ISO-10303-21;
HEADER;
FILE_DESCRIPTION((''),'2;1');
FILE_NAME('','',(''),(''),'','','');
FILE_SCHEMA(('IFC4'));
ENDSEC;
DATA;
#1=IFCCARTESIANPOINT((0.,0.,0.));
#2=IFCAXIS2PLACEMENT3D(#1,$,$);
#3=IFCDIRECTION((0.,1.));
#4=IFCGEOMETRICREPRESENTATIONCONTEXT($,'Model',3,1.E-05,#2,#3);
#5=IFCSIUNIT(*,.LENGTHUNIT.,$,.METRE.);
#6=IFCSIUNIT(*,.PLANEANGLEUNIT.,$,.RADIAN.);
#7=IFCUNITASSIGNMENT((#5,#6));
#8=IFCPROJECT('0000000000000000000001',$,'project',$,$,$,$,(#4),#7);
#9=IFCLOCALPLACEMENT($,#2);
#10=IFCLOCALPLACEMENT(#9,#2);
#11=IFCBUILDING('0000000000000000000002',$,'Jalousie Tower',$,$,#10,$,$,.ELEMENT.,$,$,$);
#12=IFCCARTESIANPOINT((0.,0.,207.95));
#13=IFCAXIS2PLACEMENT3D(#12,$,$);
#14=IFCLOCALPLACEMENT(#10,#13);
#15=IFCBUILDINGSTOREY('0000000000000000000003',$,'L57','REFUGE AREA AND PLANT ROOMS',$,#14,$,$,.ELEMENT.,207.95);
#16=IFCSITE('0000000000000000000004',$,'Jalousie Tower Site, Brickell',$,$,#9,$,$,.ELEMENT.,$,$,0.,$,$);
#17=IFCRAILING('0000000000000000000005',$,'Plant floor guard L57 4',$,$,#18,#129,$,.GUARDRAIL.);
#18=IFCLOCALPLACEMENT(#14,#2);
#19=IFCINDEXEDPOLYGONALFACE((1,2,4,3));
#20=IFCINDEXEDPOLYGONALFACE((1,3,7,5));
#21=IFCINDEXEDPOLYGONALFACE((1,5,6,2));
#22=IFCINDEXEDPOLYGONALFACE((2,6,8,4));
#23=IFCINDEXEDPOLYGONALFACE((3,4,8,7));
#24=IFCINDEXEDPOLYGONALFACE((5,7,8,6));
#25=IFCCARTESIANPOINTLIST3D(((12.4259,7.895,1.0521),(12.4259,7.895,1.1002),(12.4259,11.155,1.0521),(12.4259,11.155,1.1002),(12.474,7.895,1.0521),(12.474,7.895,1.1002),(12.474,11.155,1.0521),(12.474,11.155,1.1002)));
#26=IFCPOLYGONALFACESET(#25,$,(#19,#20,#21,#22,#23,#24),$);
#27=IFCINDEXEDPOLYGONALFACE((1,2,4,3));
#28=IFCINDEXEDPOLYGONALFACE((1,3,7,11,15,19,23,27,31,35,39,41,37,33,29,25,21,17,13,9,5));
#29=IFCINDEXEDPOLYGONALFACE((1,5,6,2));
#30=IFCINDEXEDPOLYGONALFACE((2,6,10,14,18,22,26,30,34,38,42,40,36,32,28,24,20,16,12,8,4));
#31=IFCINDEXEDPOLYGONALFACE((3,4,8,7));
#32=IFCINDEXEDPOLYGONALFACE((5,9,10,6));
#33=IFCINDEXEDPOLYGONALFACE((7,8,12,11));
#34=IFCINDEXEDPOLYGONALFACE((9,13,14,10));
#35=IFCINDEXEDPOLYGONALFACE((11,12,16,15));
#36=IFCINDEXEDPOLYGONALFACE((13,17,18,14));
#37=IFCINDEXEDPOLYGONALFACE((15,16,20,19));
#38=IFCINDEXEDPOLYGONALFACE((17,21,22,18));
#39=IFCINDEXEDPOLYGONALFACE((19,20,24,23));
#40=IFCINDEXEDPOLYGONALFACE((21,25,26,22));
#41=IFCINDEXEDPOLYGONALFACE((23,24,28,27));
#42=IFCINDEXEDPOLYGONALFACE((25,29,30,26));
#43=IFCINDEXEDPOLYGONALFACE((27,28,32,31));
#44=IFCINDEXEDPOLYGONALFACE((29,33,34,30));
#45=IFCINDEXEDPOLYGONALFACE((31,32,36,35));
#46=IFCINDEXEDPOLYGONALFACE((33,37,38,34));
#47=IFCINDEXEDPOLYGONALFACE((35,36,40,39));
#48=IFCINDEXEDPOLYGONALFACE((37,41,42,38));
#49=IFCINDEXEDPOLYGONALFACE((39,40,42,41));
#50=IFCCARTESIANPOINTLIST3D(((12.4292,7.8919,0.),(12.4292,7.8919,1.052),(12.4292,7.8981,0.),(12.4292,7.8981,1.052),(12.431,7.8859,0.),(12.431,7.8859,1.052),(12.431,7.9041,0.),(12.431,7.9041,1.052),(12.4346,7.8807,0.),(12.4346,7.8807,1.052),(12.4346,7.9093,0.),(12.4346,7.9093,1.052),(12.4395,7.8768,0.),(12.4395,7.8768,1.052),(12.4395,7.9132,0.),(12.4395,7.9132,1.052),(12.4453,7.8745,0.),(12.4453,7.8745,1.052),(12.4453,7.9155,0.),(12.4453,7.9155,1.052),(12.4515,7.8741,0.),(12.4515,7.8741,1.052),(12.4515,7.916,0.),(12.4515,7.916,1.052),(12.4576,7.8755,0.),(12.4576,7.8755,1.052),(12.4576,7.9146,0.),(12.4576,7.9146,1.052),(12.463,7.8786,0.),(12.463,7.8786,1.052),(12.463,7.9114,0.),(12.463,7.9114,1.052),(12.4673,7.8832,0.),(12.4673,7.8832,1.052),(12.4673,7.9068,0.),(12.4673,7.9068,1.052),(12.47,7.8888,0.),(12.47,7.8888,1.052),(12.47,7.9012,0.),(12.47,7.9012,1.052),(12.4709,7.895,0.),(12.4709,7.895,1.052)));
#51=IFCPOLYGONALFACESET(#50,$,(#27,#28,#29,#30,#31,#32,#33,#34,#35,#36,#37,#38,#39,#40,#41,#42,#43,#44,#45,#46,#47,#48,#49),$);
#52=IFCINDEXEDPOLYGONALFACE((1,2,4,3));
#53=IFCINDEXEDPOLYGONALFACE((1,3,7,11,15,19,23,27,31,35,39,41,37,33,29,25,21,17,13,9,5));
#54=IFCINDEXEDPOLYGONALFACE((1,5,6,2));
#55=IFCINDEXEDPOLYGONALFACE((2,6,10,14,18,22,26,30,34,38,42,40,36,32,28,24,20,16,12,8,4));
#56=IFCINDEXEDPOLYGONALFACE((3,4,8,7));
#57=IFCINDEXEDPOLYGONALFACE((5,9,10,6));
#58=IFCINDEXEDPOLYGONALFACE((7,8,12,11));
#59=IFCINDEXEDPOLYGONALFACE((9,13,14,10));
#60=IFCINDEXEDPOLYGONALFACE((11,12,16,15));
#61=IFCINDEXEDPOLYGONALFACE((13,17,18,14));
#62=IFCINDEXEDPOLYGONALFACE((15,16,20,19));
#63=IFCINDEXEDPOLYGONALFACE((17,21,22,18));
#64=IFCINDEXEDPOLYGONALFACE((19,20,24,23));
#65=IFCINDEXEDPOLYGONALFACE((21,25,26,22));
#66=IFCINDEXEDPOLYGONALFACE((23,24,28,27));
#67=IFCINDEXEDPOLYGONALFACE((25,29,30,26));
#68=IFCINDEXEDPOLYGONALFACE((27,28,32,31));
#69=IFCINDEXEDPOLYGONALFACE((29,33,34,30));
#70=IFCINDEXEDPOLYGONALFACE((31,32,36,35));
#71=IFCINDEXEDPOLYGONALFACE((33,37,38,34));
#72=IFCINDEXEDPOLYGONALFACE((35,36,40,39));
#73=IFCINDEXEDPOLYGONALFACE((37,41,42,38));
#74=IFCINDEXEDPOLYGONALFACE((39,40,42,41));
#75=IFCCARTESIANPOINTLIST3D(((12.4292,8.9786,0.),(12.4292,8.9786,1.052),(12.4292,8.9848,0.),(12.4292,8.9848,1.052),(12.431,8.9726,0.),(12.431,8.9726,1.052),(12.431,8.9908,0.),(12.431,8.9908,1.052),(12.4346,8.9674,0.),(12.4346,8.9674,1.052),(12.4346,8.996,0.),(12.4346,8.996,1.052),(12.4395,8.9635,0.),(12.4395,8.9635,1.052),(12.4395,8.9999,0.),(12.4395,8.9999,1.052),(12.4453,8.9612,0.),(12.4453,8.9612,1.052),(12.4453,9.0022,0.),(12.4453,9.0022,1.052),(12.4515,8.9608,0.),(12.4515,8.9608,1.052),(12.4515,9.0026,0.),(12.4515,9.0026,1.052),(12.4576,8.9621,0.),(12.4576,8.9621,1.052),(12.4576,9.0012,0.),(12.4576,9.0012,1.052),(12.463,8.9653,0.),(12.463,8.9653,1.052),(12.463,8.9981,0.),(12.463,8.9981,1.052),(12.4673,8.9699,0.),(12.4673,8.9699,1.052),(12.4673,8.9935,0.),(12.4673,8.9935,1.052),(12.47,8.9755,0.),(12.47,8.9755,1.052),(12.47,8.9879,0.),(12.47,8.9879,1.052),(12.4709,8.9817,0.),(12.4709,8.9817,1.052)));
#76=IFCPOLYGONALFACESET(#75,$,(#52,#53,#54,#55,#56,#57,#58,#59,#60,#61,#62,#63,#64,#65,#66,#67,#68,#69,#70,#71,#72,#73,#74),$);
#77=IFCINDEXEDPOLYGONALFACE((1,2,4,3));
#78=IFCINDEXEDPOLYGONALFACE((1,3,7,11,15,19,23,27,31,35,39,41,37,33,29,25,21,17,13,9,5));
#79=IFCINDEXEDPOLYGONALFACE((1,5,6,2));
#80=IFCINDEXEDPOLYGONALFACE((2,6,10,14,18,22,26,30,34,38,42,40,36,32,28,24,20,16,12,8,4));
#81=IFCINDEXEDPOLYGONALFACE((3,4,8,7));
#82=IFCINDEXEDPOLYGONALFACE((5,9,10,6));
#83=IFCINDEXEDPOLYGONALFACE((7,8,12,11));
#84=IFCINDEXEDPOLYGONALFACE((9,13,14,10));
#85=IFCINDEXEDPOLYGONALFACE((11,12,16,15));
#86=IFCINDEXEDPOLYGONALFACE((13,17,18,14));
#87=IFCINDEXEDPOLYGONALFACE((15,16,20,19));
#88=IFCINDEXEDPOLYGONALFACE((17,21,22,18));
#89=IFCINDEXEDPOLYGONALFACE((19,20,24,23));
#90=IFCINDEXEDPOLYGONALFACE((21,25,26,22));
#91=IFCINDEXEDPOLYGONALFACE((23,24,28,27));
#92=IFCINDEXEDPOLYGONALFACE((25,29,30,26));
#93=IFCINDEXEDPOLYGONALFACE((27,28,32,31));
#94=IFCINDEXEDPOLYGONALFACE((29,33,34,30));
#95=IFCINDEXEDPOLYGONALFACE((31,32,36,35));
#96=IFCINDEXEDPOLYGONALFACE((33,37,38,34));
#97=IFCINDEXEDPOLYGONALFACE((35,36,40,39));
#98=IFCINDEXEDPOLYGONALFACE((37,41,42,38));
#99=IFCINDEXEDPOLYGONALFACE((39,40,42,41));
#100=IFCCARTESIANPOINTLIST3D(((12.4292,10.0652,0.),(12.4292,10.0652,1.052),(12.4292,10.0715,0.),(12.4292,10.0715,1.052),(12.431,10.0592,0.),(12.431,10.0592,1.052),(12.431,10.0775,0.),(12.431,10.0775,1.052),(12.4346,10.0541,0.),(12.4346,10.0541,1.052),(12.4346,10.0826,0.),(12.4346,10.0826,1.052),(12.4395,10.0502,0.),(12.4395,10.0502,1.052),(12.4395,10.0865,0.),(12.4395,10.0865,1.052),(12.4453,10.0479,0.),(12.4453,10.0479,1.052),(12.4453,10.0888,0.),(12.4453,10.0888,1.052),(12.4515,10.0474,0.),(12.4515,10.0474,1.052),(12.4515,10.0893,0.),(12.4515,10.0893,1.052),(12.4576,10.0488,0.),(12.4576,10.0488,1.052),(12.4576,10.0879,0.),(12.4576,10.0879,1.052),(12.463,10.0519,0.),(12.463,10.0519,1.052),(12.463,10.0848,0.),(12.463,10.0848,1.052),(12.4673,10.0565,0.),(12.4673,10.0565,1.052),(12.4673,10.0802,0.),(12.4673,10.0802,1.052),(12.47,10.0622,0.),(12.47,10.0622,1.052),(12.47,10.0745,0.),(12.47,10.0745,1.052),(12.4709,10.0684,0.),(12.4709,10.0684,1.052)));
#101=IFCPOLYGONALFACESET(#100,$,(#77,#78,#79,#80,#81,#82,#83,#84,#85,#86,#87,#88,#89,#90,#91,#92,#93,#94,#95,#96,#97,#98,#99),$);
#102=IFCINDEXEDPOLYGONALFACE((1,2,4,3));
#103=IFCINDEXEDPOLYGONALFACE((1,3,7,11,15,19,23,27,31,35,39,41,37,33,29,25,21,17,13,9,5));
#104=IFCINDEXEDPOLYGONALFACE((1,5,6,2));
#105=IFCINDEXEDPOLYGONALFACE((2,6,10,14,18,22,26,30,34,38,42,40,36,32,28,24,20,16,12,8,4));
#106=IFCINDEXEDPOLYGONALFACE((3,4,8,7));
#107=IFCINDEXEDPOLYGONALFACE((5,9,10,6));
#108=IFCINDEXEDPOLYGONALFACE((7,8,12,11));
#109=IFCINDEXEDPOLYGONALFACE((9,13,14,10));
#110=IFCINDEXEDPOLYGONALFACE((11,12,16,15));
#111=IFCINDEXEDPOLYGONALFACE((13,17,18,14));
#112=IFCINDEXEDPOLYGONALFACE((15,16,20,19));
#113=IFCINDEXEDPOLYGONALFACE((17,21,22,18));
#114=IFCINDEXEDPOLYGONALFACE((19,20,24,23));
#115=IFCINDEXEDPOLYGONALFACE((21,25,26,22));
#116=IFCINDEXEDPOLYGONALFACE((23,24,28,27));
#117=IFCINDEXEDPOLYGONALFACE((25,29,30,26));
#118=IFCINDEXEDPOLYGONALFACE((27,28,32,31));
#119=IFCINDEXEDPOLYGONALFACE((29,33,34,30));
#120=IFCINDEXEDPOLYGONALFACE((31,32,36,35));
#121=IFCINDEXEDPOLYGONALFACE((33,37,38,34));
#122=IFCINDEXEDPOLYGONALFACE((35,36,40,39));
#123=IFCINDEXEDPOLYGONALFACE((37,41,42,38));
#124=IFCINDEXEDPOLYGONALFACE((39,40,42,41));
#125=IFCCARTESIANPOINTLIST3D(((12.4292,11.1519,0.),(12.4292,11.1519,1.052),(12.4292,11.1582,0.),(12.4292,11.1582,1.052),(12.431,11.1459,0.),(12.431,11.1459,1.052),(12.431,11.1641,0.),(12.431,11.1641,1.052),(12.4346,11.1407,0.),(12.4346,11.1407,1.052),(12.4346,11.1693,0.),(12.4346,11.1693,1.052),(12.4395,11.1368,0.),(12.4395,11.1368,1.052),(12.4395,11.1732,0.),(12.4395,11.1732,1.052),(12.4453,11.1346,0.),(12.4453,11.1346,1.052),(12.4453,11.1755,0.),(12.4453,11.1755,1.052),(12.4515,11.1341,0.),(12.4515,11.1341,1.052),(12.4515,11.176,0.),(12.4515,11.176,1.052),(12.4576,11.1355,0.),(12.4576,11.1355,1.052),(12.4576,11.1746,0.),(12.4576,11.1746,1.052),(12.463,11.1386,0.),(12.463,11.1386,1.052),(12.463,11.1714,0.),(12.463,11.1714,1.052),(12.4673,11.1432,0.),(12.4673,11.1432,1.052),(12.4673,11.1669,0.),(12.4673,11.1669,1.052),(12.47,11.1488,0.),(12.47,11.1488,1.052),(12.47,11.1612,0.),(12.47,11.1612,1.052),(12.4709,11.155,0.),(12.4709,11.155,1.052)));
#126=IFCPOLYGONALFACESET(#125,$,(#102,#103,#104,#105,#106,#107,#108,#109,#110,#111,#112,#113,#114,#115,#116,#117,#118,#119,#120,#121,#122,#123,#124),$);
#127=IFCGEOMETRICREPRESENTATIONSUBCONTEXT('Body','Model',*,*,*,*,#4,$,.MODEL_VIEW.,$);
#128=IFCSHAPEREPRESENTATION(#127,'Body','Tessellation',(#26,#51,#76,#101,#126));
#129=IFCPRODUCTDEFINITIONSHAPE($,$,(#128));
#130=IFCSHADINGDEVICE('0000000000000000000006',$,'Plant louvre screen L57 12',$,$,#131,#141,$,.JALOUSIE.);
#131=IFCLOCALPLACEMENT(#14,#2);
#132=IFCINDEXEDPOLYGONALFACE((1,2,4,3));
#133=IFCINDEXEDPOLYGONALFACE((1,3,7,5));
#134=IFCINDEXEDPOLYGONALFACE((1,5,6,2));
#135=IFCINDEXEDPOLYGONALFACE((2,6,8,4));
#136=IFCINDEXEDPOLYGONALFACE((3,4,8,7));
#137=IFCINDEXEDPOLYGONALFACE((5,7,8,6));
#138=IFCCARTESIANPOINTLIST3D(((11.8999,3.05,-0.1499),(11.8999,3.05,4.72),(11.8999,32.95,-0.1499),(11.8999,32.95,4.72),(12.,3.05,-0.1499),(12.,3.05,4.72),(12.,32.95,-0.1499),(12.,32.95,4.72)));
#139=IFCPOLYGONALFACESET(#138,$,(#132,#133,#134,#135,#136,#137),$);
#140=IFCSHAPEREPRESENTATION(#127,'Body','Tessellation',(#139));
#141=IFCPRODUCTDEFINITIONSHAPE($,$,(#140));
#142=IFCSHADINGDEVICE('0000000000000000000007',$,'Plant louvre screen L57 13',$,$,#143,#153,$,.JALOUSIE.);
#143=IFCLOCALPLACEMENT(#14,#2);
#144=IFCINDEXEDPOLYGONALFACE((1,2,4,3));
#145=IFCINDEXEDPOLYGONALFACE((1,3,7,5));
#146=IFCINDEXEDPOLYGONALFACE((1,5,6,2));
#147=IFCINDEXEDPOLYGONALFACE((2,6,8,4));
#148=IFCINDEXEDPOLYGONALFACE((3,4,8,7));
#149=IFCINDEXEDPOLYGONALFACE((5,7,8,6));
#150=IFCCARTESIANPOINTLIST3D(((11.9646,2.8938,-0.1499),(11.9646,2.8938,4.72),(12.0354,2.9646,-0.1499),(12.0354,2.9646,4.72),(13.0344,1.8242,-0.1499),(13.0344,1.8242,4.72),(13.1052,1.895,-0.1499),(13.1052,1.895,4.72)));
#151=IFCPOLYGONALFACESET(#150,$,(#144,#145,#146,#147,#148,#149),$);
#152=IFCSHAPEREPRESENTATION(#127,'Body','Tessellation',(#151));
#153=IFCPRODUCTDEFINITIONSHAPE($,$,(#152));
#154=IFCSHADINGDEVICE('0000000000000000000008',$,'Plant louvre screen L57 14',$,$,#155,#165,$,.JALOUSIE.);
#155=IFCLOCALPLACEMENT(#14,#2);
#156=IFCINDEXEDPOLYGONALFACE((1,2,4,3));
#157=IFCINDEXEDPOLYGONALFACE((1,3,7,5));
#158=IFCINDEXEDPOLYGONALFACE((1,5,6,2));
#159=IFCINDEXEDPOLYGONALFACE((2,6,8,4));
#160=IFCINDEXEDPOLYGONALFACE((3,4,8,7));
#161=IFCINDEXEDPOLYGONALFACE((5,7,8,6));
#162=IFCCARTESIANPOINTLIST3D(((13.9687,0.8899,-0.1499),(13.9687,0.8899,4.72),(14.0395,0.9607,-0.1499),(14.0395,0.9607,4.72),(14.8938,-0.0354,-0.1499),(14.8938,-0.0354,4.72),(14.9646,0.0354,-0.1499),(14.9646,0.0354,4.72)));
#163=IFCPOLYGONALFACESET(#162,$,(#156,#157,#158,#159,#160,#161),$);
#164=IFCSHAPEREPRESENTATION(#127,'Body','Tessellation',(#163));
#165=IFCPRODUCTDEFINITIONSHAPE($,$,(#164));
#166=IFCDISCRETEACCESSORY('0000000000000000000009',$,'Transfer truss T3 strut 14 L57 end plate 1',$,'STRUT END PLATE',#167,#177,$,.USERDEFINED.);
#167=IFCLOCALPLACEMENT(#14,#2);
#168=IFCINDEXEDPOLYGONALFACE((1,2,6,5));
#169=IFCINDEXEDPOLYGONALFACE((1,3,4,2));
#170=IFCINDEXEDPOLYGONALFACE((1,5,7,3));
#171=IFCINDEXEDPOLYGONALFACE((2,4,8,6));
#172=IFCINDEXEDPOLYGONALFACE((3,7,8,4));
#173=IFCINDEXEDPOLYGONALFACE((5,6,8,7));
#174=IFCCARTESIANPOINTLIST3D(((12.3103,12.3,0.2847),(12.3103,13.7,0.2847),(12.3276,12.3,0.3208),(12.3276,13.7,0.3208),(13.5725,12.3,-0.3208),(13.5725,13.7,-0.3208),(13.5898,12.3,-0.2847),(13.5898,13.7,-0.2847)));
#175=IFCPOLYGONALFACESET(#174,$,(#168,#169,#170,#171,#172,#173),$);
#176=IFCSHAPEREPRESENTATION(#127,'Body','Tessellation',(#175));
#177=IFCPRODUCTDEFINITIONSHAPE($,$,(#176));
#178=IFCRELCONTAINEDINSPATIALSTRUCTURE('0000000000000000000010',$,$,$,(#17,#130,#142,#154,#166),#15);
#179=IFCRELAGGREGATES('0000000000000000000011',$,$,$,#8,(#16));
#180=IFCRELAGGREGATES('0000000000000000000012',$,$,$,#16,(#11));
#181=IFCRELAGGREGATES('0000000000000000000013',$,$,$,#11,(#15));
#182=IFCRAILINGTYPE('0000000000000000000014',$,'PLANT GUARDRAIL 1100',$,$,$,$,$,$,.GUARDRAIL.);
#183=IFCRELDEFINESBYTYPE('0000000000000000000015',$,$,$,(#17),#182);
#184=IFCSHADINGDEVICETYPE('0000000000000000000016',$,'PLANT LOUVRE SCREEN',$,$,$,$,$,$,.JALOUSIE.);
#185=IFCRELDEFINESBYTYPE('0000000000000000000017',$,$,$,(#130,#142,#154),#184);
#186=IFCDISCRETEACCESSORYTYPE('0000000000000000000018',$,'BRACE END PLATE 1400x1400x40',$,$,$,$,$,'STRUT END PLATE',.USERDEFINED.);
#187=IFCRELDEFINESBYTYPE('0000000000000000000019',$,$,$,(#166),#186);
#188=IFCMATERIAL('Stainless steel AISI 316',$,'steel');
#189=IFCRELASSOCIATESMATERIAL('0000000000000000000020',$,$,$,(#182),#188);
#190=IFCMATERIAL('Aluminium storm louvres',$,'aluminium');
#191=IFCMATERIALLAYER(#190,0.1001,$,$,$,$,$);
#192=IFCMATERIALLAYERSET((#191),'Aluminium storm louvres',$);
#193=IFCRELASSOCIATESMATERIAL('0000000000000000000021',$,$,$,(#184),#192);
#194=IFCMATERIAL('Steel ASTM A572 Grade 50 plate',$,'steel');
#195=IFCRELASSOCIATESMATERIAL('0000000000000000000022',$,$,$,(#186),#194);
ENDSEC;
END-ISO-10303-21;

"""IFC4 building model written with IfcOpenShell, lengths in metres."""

from ifc_helpers import new_model, si_unit, direction, frame, origin, origin_2d, place, context, subcontext, project, spatial, polyline, rectangle, circle, outline, extrude, material, layer, layer_set, material_profile, profile_set, type_object, element, save


model = new_model("IFC4")

# Units and contexts
model_context = context("Model", 3, precision=1e-05, world=origin(), true_north=direction((0.0, 1.0)))
body_context = subcontext(model_context, "Body", "Model", "MODEL_VIEW")
ifc_project = project(units=[si_unit("LENGTHUNIT", "METRE"), si_unit("PLANEANGLEUNIT", "RADIAN")], contexts=[model_context])

# Site, building, storey
site_placement = place(None, origin())
site = spatial("IfcSite", under=ifc_project, at=site_placement, Name="Jalousie Tower Site, Brickell", CompositionType="ELEMENT", RefElevation=0.0)
building_placement = place(site_placement, origin())
building = spatial("IfcBuilding", under=site, at=building_placement, Name="Jalousie Tower", CompositionType="ELEMENT")
storey_placement = place(building_placement, frame((0.0, 0.0, 207.95)))
storey = spatial("IfcBuildingStorey", under=building, at=storey_placement, Name="L57", Description="REFUGE AREA AND PLANT ROOMS", CompositionType="ELEMENT", Elevation=207.95)

# Railing
ifc_material_1 = material(Name="Stainless steel AISI 316", Category="steel")
railing_type = type_object("IfcRailingType", Name="PLANT GUARDRAIL 1100", PredefinedType="GUARDRAIL", material=ifc_material_1)
railing_1_placement = place(storey_placement, frame((12.45, 7.895, 0.0)))
element("IfcRailing", 1, at=railing_1_placement, inside=storey, type_object=railing_type, Name="Plant floor guard L57 4", PredefinedType="GUARDRAIL", context=body_context, shape_type="SweptSolid", body=[
    extrude(rectangle(XDim=0.0481, YDim=0.0481, at=origin_2d()), frame((0.0, 0.0, 1.0762), z_axis=(0.0, 1.0, 0.0), x_axis=(-1.0, 0.0, 0.0)), (0.0, 0.0, 1.0), 3.26),
    extrude(circle(Radius=0.021, at=origin_2d()), origin(), (0.0, 0.0, 1.0), 1.052),
    extrude(circle(Radius=0.021, at=origin_2d()), frame((0.0, 1.0867, 0.0)), (0.0, 0.0, 1.0), 1.052),
    extrude(circle(Radius=0.021, at=origin_2d()), frame((0.0, 2.1733, 0.0)), (0.0, 0.0, 1.0), 1.052),
    extrude(circle(Radius=0.021, at=origin_2d()), frame((0.0, 3.26, 0.0)), (0.0, 0.0, 1.0), 1.052),
])

# Shading devices
ifc_material_2 = material(Name="Aluminium storm louvres", Category="aluminium")
ifc_layer_1 = layer(ifc_material_2, 0.1001)
ifc_layer_set_1 = layer_set([ifc_layer_1], Name="Aluminium storm louvres")
shading_device_type = type_object("IfcShadingDeviceType", Name="PLANT LOUVRE SCREEN", PredefinedType="JALOUSIE", material=ifc_layer_set_1)
shading_device_1_placement = place(storey_placement, frame((11.8999, 3.05, -0.1499), z_axis=(-1.0, 0.0, 0.0), x_axis=(0.0, 0.0, 1.0)))
element("IfcShadingDevice", 2, at=shading_device_1_placement, inside=storey, type_object=shading_device_type, Name="Plant louvre screen L57 12", PredefinedType="JALOUSIE", context=body_context, shape_type="SweptSolid", body=[
    extrude(outline(polyline([(0.0, 0.0), (4.8699, 0.0), (4.8699, 29.8999), (0.0, 29.8999), (0.0, 0.0)])), origin(), (0.0, 0.0, -1.0), 0.1001),
])
shading_device_2_placement = place(storey_placement, frame((11.9646, 2.8938, 4.72), z_axis=(-0.707026, -0.707187, 0.0), x_axis=(0.0, 0.0, -1.0)))
element("IfcShadingDevice", 3, at=shading_device_2_placement, inside=storey, type_object=shading_device_type, Name="Plant louvre screen L57 13", PredefinedType="JALOUSIE", context=body_context, shape_type="SweptSolid", body=[
    extrude(outline(polyline([(0.0, 0.0), (4.8699, 0.0), (4.8699, 1.5128), (0.0, 1.5128), (0.0, 0.0)])), origin(), (0.0, 0.0, -1.0), 0.1001),
])
shading_device_3_placement = place(storey_placement, frame((14.8938, -0.0354, 4.72), z_axis=(-0.7072, -0.707013, 0.0), x_axis=(-0.707013, 0.7072, 0.0)))
element("IfcShadingDevice", 4, at=shading_device_3_placement, inside=storey, type_object=shading_device_type, Name="Plant louvre screen L57 14", PredefinedType="JALOUSIE", context=body_context, shape_type="SweptSolid", body=[
    extrude(outline(polyline([(0.0, 0.0), (1.3084, 0.0), (1.3084, 4.8699), (0.0, 4.8699), (0.0, 0.0)])), origin(), (0.0, 0.0, -1.0), 0.1001),
])

# Discrete accessory
ifc_material_3 = material(Name="Steel ASTM A572 Grade 50 plate", Category="steel")
ifc_material_profile_1 = material_profile(ifc_material_3, rectangle(XDim=1.3999, YDim=1.3999, at=origin_2d()), Name="BRACE END PLATE 1400x1400x40")
ifc_profile_set_1 = profile_set([ifc_material_profile_1], Name="Steel ASTM A572 Grade 50 plate")
discrete_accessory_type = type_object("IfcDiscreteAccessoryType", Name="BRACE END PLATE 1400x1400x40", ElementType="STRUT END PLATE", PredefinedType="USERDEFINED", material=ifc_profile_set_1)
discrete_accessory_placement = place(storey_placement, frame((12.9414, 13.0, -0.0181), z_axis=(0.432533, 0.0, 0.901618), x_axis=(0.0, 1.0, 0.0)))
element("IfcDiscreteAccessory", 5, at=discrete_accessory_placement, inside=storey, type_object=discrete_accessory_type, Name="Transfer truss T3 strut 14 L57 end plate 1", ObjectType="STRUT END PLATE", PredefinedType="USERDEFINED", context=body_context, shape_type="SweptSolid", body=[
    extrude(rectangle(XDim=1.3999, YDim=1.3999, at=origin_2d()), origin(), (0.0, 0.0, 1.0), 0.04),
])

save(model, "model.ifc")
